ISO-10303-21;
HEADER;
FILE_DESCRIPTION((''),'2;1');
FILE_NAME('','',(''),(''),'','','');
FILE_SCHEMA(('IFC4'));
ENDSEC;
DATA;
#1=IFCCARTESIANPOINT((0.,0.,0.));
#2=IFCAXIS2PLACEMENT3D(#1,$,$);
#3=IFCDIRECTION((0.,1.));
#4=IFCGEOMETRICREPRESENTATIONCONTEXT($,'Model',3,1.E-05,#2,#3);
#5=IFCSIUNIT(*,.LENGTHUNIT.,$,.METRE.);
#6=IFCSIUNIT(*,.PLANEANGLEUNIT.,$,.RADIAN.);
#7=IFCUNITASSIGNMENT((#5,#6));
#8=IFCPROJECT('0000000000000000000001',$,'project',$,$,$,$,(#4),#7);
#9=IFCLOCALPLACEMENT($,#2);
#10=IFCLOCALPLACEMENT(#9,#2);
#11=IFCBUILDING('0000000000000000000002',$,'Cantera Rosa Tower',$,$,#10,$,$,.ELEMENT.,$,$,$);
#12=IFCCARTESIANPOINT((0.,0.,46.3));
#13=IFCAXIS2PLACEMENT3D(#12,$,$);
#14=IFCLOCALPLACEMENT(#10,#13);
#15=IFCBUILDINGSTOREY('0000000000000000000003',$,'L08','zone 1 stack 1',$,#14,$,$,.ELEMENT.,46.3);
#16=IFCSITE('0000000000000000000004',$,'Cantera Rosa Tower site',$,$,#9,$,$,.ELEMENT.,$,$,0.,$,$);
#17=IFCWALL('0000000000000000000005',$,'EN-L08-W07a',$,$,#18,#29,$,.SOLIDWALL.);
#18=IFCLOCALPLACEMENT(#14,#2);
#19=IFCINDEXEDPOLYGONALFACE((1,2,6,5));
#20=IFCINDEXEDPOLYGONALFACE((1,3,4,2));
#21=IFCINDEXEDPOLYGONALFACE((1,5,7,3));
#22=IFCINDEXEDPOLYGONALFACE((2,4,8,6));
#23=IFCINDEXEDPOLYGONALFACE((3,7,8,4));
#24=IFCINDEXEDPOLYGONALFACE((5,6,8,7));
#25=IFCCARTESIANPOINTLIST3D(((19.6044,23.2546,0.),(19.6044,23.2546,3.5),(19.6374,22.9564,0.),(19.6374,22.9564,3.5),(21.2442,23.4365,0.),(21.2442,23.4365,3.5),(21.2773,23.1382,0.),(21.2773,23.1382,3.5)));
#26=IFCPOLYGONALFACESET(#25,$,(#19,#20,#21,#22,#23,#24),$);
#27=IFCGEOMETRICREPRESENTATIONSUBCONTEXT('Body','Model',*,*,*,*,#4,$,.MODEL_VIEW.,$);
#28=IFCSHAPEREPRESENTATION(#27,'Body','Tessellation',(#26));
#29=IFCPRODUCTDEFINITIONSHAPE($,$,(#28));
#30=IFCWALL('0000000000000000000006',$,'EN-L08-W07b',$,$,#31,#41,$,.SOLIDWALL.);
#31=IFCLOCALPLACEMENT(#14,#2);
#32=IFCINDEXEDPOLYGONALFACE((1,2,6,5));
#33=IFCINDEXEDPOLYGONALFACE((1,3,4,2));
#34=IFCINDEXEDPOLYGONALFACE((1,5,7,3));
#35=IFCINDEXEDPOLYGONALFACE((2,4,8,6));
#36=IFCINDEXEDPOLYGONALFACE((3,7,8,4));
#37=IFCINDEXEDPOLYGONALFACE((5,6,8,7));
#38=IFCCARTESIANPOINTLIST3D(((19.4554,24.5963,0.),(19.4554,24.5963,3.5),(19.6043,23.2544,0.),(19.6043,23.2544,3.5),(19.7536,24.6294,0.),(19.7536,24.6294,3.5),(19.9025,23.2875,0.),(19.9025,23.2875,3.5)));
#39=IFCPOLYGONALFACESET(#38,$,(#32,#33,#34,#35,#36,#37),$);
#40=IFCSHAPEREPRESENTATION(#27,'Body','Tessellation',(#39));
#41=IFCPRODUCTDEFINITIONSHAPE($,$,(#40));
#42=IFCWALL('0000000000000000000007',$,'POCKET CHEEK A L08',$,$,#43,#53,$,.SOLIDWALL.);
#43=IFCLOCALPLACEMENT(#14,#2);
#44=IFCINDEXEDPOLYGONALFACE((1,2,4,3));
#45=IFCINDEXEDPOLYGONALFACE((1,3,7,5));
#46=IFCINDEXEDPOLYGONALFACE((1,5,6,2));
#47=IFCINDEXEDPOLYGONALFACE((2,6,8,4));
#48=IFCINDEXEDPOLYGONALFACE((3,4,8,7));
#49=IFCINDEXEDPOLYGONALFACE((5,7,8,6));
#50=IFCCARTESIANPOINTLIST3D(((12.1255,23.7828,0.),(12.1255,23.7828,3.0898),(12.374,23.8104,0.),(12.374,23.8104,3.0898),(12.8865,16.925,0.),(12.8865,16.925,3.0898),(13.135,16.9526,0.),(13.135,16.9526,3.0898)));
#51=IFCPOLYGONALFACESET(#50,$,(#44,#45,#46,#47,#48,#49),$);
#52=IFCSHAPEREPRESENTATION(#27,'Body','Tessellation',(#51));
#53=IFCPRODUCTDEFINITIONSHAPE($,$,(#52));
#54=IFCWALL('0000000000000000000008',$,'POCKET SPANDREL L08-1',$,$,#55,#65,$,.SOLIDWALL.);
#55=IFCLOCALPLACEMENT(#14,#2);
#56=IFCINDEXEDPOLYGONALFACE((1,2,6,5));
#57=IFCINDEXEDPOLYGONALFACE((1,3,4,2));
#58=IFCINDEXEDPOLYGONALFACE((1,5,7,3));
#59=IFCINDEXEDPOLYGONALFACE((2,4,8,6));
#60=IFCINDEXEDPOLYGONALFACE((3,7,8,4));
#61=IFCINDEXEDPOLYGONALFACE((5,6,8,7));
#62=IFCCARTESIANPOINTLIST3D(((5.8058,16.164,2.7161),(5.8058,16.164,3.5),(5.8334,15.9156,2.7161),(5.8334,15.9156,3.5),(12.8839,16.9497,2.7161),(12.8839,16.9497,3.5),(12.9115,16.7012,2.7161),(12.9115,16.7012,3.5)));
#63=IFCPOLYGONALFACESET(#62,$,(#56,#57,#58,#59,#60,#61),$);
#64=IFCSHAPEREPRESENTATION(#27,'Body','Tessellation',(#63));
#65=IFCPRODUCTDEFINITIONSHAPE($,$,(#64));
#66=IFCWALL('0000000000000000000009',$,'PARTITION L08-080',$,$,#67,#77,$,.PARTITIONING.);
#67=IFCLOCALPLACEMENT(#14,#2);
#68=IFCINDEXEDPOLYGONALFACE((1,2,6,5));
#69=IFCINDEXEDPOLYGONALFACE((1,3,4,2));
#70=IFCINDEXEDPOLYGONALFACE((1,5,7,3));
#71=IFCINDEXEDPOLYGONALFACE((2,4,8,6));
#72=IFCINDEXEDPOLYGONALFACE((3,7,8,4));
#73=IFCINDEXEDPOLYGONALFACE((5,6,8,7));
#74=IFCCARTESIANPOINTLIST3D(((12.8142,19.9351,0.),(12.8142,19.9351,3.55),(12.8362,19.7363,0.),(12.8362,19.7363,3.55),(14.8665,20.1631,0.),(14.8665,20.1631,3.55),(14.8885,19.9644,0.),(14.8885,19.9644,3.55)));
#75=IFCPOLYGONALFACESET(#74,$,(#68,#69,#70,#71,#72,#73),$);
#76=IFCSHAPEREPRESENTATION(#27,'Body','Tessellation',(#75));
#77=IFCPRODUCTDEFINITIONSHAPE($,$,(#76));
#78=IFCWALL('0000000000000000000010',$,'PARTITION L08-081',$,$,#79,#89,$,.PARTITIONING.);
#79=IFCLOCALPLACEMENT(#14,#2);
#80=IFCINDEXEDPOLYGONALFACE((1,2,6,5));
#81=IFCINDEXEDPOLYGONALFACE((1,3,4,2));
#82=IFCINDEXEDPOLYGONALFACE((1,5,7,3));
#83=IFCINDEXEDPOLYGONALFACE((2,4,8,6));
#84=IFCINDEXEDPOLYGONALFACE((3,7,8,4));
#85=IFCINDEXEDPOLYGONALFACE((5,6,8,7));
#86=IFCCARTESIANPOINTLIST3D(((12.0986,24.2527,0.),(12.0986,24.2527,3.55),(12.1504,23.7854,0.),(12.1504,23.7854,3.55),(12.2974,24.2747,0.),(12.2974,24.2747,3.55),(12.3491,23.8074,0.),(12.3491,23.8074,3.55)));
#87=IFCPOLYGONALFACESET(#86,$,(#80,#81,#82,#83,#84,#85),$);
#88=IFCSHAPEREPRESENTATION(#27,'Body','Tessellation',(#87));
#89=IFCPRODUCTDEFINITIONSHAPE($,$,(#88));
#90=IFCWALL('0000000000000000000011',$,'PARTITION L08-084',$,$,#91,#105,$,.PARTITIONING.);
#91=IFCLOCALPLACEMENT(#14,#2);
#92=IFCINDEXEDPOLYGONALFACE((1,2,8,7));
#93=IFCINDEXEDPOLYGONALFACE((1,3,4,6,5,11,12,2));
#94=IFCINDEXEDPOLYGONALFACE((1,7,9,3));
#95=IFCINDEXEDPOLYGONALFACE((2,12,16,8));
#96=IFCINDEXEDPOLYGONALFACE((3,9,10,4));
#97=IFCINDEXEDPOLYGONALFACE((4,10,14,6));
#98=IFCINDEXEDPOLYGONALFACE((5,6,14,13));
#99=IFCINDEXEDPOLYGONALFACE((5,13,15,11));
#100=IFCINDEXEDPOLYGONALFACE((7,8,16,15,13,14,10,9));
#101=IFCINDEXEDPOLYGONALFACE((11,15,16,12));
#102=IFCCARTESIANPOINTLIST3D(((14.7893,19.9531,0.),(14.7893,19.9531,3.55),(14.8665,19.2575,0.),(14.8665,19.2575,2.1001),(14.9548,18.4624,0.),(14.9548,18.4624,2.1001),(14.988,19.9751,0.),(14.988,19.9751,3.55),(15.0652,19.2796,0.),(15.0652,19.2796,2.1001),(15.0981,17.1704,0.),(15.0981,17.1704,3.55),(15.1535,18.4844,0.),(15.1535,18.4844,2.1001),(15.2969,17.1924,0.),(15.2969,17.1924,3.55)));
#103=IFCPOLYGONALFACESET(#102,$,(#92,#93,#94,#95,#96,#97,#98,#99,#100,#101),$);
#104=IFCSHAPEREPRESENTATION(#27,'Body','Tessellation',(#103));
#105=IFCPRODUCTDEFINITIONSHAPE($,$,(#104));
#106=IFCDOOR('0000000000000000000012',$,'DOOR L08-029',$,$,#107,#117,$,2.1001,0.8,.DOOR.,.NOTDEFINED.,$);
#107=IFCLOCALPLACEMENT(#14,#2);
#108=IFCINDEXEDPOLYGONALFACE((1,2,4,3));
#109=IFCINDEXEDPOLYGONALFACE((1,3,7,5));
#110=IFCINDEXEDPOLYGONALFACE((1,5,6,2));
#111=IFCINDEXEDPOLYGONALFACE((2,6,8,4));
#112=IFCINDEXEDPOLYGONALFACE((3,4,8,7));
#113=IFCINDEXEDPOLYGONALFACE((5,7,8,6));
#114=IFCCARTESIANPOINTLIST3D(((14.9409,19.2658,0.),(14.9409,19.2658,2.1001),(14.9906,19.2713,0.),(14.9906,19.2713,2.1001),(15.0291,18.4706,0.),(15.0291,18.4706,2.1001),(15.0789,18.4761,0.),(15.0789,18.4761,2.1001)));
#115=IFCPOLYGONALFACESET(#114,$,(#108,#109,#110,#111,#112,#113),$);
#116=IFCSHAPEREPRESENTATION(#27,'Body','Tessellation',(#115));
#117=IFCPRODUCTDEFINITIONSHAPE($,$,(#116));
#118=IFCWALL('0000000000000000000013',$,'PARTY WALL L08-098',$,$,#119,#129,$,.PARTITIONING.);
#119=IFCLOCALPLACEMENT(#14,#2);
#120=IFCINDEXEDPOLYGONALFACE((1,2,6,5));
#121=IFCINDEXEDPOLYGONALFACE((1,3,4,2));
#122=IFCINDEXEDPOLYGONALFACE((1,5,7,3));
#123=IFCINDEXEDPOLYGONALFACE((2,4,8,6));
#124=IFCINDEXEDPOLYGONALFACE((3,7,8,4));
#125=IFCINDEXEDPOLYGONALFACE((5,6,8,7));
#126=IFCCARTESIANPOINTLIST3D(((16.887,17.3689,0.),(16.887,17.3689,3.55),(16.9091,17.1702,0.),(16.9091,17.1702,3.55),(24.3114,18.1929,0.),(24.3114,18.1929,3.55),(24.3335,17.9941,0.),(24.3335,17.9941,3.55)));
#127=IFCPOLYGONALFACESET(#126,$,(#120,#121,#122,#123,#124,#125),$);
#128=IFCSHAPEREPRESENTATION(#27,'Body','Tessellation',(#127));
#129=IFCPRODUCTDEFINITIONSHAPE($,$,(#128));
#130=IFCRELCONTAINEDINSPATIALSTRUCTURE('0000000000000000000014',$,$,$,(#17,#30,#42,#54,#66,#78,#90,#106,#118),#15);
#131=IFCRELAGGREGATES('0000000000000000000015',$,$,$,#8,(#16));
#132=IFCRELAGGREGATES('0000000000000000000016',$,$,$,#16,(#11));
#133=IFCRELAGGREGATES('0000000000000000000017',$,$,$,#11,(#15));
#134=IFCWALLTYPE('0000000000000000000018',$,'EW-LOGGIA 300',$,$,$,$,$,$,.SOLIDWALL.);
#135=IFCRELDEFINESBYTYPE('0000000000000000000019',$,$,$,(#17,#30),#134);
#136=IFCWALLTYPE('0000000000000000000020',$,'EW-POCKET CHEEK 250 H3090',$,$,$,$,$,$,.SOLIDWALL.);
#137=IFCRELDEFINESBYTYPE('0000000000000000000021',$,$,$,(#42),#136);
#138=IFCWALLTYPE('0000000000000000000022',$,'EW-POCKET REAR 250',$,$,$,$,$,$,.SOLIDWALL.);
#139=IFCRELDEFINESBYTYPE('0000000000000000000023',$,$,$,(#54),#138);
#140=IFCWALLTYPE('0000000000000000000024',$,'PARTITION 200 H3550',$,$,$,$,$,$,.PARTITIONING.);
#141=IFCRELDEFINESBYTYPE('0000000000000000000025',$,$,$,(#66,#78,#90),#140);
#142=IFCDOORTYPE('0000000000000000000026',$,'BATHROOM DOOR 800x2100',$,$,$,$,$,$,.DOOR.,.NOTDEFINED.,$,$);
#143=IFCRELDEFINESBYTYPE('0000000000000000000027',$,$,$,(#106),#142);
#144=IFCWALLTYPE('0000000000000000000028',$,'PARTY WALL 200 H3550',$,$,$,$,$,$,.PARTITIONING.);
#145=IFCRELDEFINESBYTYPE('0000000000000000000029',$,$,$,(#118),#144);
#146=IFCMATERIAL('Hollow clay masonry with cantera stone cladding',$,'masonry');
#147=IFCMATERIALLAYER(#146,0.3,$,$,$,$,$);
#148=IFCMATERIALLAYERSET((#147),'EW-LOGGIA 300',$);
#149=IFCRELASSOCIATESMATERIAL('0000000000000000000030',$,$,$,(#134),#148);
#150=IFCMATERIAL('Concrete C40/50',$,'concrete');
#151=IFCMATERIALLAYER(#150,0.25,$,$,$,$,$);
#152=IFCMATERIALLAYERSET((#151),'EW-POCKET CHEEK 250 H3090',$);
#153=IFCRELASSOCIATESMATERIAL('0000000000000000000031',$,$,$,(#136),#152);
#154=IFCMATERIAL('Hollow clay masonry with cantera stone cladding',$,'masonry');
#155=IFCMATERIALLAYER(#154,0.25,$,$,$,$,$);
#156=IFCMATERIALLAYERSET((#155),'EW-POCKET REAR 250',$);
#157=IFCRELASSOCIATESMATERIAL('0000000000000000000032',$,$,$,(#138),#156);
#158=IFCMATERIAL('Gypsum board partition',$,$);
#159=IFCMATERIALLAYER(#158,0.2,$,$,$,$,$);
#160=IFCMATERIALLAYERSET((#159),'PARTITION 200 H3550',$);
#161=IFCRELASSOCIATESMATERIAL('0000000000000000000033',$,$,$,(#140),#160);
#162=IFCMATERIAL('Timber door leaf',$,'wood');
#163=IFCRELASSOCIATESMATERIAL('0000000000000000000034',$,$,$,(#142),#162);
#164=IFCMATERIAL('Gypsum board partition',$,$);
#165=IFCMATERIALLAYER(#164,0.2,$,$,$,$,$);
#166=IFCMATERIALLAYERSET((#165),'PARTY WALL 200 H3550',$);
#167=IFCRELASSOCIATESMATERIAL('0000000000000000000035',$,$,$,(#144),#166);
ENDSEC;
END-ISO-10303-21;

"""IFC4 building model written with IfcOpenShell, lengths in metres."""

from ifc_helpers import new_model, si_unit, direction, frame, frame_2d, origin, place, context, subcontext, project, spatial, rectangle, extrude, material, layer, layer_set, type_object, element, fill, save


model = new_model("IFC4")

# Units and contexts
model_context = context("Model", 3, precision=1e-05, world=origin(), true_north=direction((0.0, 1.0)))
body_context = subcontext(model_context, "Body", "Model", "MODEL_VIEW")
ifc_project = project(units=[si_unit("LENGTHUNIT", "METRE"), si_unit("PLANEANGLEUNIT", "RADIAN")], contexts=[model_context])

# Site, building, storey
site_placement = place(None, origin())
site = spatial("IfcSite", under=ifc_project, at=site_placement, Name="Cantera Rosa Tower site", CompositionType="ELEMENT", RefElevation=0.0)
building_placement = place(site_placement, origin())
building = spatial("IfcBuilding", under=site, at=building_placement, Name="Cantera Rosa Tower", CompositionType="ELEMENT")
storey_placement = place(building_placement, frame((0.0, 0.0, 46.3)))
storey = spatial("IfcBuildingStorey", under=building, at=storey_placement, Name="L08", Description="zone 1 stack 1", CompositionType="ELEMENT", Elevation=46.3)

# Walls
ifc_material_1 = material(Name="Hollow clay masonry with cantera stone cladding", Category="masonry")
ifc_layer_1 = layer(ifc_material_1, 0.3)
ifc_layer_set_1 = layer_set([ifc_layer_1], Name="EW-LOGGIA 300")
wall_type_1 = type_object("IfcWallType", Name="EW-LOGGIA 300", PredefinedType="SOLIDWALL", material=ifc_layer_set_1)
wall_1_placement = place(storey_placement, frame((21.2607, 23.2874, 0.0), z_axis=(0.0, 0.0, 1.0), x_axis=(-0.993905, -0.110237, 0.0)))
element("IfcWall", 1, at=wall_1_placement, inside=storey, type_object=wall_type_1, Name="EN-L08-W07a", PredefinedType="SOLIDWALL", context=body_context, shape_type="SweptSolid", body=[
    extrude(rectangle(XDim=1.6499, YDim=0.3, at=frame_2d((0.825, 0.0))), origin(), (0.0, 0.0, 1.0), 3.5),
])
wall_2_placement = place(storey_placement, frame((19.7534, 23.271, 0.0), z_axis=(0.0, 0.0, 1.0), x_axis=(-0.110312, 0.993897, 0.0)))
element("IfcWall", 2, at=wall_2_placement, inside=storey, type_object=wall_type_1, Name="EN-L08-W07b", PredefinedType="SOLIDWALL", context=body_context, shape_type="SweptSolid", body=[
    extrude(rectangle(XDim=1.3501, YDim=0.3, at=frame_2d((0.675, 0.0))), origin(), (0.0, 0.0, 1.0), 3.5),
])

# Walls
ifc_material_2 = material(Name="Concrete C40/50", Category="concrete")
ifc_layer_2 = layer(ifc_material_2, 0.25)
ifc_layer_set_2 = layer_set([ifc_layer_2], Name="EW-POCKET CHEEK 250 H3090")
wall_type_2 = type_object("IfcWallType", Name="EW-POCKET CHEEK 250 H3090", PredefinedType="SOLIDWALL", material=ifc_layer_set_2)
wall_3_placement = place(storey_placement, frame((12.2498, 23.7966, 0.0), z_axis=(0.0, 0.0, 1.0), x_axis=(0.110288, -0.9939, 0.0)))
element("IfcWall", 3, at=wall_3_placement, inside=storey, type_object=wall_type_2, Name="POCKET CHEEK A L08", PredefinedType="SOLIDWALL", context=body_context, shape_type="SweptSolid", body=[
    extrude(rectangle(XDim=6.8999, YDim=0.25, at=frame_2d((3.45, 0.0))), origin(), (0.0, 0.0, 1.0), 3.0898),
])
ifc_material_3 = material(Name="Hollow clay masonry with cantera stone cladding", Category="masonry")
ifc_layer_3 = layer(ifc_material_3, 0.25)
ifc_layer_set_3 = layer_set([ifc_layer_3], Name="EW-POCKET REAR 250")
wall_type_3 = type_object("IfcWallType", Name="EW-POCKET REAR 250", PredefinedType="SOLIDWALL", material=ifc_layer_set_3)
wall_4_placement = place(storey_placement, frame((12.8977, 16.8254, 2.7161), z_axis=(0.0, 0.0, 1.0), x_axis=(-0.993896, -0.110319, 0.0)))
element("IfcWall", 4, at=wall_4_placement, inside=storey, type_object=wall_type_3, Name="POCKET SPANDREL L08-1", PredefinedType="SOLIDWALL", context=body_context, shape_type="SweptSolid", body=[
    extrude(rectangle(XDim=7.1216, YDim=0.25, at=frame_2d((3.5608, 0.0))), origin(), (0.0, 0.0, 1.0), 0.7839),
])
ifc_material_4 = material(Name="Gypsum board partition")
ifc_layer_4 = layer(ifc_material_4, 0.2)
ifc_layer_set_4 = layer_set([ifc_layer_4], Name="PARTITION 200 H3550")
wall_type_4 = type_object("IfcWallType", Name="PARTITION 200 H3550", PredefinedType="PARTITIONING", material=ifc_layer_set_4)
wall_5_placement = place(storey_placement, frame((12.8252, 19.8357, 0.0), z_axis=(0.0, 0.0, 1.0), x_axis=(0.993884, 0.110432, 0.0)))
element("IfcWall", 5, at=wall_5_placement, inside=storey, type_object=wall_type_4, Name="PARTITION L08-080", PredefinedType="PARTITIONING", context=body_context, shape_type="SweptSolid", body=[
    extrude(rectangle(XDim=2.0649, YDim=0.2, at=frame_2d((1.0325, 0.0))), origin(), (0.0, 0.0, 1.0), 3.55),
])
wall_6_placement = place(storey_placement, frame((12.2498, 23.7964, 0.0), z_axis=(0.0, 0.0, 1.0), x_axis=(-0.11009, 0.993922, 0.0)))
element("IfcWall", 6, at=wall_6_placement, inside=storey, type_object=wall_type_4, Name="PARTITION L08-081", PredefinedType="PARTITIONING", context=body_context, shape_type="SweptSolid", body=[
    extrude(rectangle(XDim=0.4702, YDim=0.2, at=frame_2d((0.2351, 0.0))), origin(), (0.0, 0.0, 1.0), 3.55),
])

# Wall, opening, door
wall_7_placement = place(storey_placement, frame((14.8887, 19.9641, 0.0), z_axis=(0.0, 0.0, 1.0), x_axis=(0.110307, -0.993898, 0.0)))
wall_7 = element("IfcWall", 7, at=wall_7_placement, inside=storey, type_object=wall_type_4, Name="PARTITION L08-084", PredefinedType="PARTITIONING", context=body_context, shape_type="SweptSolid", body=[
    extrude(rectangle(XDim=2.7998, YDim=0.2, at=frame_2d((1.3999, 0.0))), origin(), (0.0, 0.0, 1.0), 3.55),
])
opening_1_placement = place(wall_7_placement, frame((0.7, 0.0, 0.0)))
opening_1 = element("IfcOpeningElement", 8, at=opening_1_placement, cuts=wall_7, PredefinedType="OPENING", context=body_context, shape_type="SweptSolid", body=[
    extrude(rectangle(XDim=0.8, YDim=2.1001, at=frame_2d((0.3999, 1.05))), frame((0.0, 0.1099, 0.0), z_axis=(0.0, -1.0, 0.0), x_axis=(1.0, 0.0, 0.0)), (0.0, 0.0, 1.0), 0.22),
])
ifc_material_5 = material(Name="Timber door leaf", Category="wood")
door_type_1 = type_object("IfcDoorType", Name="BATHROOM DOOR 800x2100", OperationType="NOTDEFINED", PredefinedType="DOOR", material=ifc_material_5)
door_1_placement = place(opening_1_placement, origin())
door_1 = element("IfcDoor", 9, at=door_1_placement, inside=storey, type_object=door_type_1, Name="DOOR L08-029", OperationType="NOTDEFINED", OverallHeight=2.1001, OverallWidth=0.8, PredefinedType="DOOR", context=body_context, shape_type="SweptSolid", body=[
    extrude(rectangle(XDim=0.8, YDim=2.1001, at=frame_2d((0.3999, 1.05))), frame((0.0, 0.0249, 0.0), z_axis=(0.0, -1.0, 0.0), x_axis=(1.0, 0.0, 0.0)), (0.0, 0.0, 1.0), 0.05),
])
fill(opening_1, door_1)

# Wall
ifc_material_6 = material(Name="Gypsum board partition")
ifc_layer_5 = layer(ifc_material_6, 0.2)
ifc_layer_set_5 = layer_set([ifc_layer_5], Name="PARTY WALL 200 H3550")
wall_type_5 = type_object("IfcWallType", Name="PARTY WALL 200 H3550", PredefinedType="PARTITIONING", material=ifc_layer_set_5)
wall_8_placement = place(storey_placement, frame((16.8982, 17.2695, 0.0), z_axis=(0.0, 0.0, 1.0), x_axis=(0.993898, 0.110306, 0.0)))
element("IfcWall", 10, at=wall_8_placement, inside=storey, type_object=wall_type_5, Name="PARTY WALL L08-098", PredefinedType="PARTITIONING", context=body_context, shape_type="SweptSolid", body=[
    extrude(rectangle(XDim=7.47, YDim=0.2, at=frame_2d((3.7349, 0.0))), origin(), (0.0, 0.0, 1.0), 3.55),
])

save(model, "model.ifc")
